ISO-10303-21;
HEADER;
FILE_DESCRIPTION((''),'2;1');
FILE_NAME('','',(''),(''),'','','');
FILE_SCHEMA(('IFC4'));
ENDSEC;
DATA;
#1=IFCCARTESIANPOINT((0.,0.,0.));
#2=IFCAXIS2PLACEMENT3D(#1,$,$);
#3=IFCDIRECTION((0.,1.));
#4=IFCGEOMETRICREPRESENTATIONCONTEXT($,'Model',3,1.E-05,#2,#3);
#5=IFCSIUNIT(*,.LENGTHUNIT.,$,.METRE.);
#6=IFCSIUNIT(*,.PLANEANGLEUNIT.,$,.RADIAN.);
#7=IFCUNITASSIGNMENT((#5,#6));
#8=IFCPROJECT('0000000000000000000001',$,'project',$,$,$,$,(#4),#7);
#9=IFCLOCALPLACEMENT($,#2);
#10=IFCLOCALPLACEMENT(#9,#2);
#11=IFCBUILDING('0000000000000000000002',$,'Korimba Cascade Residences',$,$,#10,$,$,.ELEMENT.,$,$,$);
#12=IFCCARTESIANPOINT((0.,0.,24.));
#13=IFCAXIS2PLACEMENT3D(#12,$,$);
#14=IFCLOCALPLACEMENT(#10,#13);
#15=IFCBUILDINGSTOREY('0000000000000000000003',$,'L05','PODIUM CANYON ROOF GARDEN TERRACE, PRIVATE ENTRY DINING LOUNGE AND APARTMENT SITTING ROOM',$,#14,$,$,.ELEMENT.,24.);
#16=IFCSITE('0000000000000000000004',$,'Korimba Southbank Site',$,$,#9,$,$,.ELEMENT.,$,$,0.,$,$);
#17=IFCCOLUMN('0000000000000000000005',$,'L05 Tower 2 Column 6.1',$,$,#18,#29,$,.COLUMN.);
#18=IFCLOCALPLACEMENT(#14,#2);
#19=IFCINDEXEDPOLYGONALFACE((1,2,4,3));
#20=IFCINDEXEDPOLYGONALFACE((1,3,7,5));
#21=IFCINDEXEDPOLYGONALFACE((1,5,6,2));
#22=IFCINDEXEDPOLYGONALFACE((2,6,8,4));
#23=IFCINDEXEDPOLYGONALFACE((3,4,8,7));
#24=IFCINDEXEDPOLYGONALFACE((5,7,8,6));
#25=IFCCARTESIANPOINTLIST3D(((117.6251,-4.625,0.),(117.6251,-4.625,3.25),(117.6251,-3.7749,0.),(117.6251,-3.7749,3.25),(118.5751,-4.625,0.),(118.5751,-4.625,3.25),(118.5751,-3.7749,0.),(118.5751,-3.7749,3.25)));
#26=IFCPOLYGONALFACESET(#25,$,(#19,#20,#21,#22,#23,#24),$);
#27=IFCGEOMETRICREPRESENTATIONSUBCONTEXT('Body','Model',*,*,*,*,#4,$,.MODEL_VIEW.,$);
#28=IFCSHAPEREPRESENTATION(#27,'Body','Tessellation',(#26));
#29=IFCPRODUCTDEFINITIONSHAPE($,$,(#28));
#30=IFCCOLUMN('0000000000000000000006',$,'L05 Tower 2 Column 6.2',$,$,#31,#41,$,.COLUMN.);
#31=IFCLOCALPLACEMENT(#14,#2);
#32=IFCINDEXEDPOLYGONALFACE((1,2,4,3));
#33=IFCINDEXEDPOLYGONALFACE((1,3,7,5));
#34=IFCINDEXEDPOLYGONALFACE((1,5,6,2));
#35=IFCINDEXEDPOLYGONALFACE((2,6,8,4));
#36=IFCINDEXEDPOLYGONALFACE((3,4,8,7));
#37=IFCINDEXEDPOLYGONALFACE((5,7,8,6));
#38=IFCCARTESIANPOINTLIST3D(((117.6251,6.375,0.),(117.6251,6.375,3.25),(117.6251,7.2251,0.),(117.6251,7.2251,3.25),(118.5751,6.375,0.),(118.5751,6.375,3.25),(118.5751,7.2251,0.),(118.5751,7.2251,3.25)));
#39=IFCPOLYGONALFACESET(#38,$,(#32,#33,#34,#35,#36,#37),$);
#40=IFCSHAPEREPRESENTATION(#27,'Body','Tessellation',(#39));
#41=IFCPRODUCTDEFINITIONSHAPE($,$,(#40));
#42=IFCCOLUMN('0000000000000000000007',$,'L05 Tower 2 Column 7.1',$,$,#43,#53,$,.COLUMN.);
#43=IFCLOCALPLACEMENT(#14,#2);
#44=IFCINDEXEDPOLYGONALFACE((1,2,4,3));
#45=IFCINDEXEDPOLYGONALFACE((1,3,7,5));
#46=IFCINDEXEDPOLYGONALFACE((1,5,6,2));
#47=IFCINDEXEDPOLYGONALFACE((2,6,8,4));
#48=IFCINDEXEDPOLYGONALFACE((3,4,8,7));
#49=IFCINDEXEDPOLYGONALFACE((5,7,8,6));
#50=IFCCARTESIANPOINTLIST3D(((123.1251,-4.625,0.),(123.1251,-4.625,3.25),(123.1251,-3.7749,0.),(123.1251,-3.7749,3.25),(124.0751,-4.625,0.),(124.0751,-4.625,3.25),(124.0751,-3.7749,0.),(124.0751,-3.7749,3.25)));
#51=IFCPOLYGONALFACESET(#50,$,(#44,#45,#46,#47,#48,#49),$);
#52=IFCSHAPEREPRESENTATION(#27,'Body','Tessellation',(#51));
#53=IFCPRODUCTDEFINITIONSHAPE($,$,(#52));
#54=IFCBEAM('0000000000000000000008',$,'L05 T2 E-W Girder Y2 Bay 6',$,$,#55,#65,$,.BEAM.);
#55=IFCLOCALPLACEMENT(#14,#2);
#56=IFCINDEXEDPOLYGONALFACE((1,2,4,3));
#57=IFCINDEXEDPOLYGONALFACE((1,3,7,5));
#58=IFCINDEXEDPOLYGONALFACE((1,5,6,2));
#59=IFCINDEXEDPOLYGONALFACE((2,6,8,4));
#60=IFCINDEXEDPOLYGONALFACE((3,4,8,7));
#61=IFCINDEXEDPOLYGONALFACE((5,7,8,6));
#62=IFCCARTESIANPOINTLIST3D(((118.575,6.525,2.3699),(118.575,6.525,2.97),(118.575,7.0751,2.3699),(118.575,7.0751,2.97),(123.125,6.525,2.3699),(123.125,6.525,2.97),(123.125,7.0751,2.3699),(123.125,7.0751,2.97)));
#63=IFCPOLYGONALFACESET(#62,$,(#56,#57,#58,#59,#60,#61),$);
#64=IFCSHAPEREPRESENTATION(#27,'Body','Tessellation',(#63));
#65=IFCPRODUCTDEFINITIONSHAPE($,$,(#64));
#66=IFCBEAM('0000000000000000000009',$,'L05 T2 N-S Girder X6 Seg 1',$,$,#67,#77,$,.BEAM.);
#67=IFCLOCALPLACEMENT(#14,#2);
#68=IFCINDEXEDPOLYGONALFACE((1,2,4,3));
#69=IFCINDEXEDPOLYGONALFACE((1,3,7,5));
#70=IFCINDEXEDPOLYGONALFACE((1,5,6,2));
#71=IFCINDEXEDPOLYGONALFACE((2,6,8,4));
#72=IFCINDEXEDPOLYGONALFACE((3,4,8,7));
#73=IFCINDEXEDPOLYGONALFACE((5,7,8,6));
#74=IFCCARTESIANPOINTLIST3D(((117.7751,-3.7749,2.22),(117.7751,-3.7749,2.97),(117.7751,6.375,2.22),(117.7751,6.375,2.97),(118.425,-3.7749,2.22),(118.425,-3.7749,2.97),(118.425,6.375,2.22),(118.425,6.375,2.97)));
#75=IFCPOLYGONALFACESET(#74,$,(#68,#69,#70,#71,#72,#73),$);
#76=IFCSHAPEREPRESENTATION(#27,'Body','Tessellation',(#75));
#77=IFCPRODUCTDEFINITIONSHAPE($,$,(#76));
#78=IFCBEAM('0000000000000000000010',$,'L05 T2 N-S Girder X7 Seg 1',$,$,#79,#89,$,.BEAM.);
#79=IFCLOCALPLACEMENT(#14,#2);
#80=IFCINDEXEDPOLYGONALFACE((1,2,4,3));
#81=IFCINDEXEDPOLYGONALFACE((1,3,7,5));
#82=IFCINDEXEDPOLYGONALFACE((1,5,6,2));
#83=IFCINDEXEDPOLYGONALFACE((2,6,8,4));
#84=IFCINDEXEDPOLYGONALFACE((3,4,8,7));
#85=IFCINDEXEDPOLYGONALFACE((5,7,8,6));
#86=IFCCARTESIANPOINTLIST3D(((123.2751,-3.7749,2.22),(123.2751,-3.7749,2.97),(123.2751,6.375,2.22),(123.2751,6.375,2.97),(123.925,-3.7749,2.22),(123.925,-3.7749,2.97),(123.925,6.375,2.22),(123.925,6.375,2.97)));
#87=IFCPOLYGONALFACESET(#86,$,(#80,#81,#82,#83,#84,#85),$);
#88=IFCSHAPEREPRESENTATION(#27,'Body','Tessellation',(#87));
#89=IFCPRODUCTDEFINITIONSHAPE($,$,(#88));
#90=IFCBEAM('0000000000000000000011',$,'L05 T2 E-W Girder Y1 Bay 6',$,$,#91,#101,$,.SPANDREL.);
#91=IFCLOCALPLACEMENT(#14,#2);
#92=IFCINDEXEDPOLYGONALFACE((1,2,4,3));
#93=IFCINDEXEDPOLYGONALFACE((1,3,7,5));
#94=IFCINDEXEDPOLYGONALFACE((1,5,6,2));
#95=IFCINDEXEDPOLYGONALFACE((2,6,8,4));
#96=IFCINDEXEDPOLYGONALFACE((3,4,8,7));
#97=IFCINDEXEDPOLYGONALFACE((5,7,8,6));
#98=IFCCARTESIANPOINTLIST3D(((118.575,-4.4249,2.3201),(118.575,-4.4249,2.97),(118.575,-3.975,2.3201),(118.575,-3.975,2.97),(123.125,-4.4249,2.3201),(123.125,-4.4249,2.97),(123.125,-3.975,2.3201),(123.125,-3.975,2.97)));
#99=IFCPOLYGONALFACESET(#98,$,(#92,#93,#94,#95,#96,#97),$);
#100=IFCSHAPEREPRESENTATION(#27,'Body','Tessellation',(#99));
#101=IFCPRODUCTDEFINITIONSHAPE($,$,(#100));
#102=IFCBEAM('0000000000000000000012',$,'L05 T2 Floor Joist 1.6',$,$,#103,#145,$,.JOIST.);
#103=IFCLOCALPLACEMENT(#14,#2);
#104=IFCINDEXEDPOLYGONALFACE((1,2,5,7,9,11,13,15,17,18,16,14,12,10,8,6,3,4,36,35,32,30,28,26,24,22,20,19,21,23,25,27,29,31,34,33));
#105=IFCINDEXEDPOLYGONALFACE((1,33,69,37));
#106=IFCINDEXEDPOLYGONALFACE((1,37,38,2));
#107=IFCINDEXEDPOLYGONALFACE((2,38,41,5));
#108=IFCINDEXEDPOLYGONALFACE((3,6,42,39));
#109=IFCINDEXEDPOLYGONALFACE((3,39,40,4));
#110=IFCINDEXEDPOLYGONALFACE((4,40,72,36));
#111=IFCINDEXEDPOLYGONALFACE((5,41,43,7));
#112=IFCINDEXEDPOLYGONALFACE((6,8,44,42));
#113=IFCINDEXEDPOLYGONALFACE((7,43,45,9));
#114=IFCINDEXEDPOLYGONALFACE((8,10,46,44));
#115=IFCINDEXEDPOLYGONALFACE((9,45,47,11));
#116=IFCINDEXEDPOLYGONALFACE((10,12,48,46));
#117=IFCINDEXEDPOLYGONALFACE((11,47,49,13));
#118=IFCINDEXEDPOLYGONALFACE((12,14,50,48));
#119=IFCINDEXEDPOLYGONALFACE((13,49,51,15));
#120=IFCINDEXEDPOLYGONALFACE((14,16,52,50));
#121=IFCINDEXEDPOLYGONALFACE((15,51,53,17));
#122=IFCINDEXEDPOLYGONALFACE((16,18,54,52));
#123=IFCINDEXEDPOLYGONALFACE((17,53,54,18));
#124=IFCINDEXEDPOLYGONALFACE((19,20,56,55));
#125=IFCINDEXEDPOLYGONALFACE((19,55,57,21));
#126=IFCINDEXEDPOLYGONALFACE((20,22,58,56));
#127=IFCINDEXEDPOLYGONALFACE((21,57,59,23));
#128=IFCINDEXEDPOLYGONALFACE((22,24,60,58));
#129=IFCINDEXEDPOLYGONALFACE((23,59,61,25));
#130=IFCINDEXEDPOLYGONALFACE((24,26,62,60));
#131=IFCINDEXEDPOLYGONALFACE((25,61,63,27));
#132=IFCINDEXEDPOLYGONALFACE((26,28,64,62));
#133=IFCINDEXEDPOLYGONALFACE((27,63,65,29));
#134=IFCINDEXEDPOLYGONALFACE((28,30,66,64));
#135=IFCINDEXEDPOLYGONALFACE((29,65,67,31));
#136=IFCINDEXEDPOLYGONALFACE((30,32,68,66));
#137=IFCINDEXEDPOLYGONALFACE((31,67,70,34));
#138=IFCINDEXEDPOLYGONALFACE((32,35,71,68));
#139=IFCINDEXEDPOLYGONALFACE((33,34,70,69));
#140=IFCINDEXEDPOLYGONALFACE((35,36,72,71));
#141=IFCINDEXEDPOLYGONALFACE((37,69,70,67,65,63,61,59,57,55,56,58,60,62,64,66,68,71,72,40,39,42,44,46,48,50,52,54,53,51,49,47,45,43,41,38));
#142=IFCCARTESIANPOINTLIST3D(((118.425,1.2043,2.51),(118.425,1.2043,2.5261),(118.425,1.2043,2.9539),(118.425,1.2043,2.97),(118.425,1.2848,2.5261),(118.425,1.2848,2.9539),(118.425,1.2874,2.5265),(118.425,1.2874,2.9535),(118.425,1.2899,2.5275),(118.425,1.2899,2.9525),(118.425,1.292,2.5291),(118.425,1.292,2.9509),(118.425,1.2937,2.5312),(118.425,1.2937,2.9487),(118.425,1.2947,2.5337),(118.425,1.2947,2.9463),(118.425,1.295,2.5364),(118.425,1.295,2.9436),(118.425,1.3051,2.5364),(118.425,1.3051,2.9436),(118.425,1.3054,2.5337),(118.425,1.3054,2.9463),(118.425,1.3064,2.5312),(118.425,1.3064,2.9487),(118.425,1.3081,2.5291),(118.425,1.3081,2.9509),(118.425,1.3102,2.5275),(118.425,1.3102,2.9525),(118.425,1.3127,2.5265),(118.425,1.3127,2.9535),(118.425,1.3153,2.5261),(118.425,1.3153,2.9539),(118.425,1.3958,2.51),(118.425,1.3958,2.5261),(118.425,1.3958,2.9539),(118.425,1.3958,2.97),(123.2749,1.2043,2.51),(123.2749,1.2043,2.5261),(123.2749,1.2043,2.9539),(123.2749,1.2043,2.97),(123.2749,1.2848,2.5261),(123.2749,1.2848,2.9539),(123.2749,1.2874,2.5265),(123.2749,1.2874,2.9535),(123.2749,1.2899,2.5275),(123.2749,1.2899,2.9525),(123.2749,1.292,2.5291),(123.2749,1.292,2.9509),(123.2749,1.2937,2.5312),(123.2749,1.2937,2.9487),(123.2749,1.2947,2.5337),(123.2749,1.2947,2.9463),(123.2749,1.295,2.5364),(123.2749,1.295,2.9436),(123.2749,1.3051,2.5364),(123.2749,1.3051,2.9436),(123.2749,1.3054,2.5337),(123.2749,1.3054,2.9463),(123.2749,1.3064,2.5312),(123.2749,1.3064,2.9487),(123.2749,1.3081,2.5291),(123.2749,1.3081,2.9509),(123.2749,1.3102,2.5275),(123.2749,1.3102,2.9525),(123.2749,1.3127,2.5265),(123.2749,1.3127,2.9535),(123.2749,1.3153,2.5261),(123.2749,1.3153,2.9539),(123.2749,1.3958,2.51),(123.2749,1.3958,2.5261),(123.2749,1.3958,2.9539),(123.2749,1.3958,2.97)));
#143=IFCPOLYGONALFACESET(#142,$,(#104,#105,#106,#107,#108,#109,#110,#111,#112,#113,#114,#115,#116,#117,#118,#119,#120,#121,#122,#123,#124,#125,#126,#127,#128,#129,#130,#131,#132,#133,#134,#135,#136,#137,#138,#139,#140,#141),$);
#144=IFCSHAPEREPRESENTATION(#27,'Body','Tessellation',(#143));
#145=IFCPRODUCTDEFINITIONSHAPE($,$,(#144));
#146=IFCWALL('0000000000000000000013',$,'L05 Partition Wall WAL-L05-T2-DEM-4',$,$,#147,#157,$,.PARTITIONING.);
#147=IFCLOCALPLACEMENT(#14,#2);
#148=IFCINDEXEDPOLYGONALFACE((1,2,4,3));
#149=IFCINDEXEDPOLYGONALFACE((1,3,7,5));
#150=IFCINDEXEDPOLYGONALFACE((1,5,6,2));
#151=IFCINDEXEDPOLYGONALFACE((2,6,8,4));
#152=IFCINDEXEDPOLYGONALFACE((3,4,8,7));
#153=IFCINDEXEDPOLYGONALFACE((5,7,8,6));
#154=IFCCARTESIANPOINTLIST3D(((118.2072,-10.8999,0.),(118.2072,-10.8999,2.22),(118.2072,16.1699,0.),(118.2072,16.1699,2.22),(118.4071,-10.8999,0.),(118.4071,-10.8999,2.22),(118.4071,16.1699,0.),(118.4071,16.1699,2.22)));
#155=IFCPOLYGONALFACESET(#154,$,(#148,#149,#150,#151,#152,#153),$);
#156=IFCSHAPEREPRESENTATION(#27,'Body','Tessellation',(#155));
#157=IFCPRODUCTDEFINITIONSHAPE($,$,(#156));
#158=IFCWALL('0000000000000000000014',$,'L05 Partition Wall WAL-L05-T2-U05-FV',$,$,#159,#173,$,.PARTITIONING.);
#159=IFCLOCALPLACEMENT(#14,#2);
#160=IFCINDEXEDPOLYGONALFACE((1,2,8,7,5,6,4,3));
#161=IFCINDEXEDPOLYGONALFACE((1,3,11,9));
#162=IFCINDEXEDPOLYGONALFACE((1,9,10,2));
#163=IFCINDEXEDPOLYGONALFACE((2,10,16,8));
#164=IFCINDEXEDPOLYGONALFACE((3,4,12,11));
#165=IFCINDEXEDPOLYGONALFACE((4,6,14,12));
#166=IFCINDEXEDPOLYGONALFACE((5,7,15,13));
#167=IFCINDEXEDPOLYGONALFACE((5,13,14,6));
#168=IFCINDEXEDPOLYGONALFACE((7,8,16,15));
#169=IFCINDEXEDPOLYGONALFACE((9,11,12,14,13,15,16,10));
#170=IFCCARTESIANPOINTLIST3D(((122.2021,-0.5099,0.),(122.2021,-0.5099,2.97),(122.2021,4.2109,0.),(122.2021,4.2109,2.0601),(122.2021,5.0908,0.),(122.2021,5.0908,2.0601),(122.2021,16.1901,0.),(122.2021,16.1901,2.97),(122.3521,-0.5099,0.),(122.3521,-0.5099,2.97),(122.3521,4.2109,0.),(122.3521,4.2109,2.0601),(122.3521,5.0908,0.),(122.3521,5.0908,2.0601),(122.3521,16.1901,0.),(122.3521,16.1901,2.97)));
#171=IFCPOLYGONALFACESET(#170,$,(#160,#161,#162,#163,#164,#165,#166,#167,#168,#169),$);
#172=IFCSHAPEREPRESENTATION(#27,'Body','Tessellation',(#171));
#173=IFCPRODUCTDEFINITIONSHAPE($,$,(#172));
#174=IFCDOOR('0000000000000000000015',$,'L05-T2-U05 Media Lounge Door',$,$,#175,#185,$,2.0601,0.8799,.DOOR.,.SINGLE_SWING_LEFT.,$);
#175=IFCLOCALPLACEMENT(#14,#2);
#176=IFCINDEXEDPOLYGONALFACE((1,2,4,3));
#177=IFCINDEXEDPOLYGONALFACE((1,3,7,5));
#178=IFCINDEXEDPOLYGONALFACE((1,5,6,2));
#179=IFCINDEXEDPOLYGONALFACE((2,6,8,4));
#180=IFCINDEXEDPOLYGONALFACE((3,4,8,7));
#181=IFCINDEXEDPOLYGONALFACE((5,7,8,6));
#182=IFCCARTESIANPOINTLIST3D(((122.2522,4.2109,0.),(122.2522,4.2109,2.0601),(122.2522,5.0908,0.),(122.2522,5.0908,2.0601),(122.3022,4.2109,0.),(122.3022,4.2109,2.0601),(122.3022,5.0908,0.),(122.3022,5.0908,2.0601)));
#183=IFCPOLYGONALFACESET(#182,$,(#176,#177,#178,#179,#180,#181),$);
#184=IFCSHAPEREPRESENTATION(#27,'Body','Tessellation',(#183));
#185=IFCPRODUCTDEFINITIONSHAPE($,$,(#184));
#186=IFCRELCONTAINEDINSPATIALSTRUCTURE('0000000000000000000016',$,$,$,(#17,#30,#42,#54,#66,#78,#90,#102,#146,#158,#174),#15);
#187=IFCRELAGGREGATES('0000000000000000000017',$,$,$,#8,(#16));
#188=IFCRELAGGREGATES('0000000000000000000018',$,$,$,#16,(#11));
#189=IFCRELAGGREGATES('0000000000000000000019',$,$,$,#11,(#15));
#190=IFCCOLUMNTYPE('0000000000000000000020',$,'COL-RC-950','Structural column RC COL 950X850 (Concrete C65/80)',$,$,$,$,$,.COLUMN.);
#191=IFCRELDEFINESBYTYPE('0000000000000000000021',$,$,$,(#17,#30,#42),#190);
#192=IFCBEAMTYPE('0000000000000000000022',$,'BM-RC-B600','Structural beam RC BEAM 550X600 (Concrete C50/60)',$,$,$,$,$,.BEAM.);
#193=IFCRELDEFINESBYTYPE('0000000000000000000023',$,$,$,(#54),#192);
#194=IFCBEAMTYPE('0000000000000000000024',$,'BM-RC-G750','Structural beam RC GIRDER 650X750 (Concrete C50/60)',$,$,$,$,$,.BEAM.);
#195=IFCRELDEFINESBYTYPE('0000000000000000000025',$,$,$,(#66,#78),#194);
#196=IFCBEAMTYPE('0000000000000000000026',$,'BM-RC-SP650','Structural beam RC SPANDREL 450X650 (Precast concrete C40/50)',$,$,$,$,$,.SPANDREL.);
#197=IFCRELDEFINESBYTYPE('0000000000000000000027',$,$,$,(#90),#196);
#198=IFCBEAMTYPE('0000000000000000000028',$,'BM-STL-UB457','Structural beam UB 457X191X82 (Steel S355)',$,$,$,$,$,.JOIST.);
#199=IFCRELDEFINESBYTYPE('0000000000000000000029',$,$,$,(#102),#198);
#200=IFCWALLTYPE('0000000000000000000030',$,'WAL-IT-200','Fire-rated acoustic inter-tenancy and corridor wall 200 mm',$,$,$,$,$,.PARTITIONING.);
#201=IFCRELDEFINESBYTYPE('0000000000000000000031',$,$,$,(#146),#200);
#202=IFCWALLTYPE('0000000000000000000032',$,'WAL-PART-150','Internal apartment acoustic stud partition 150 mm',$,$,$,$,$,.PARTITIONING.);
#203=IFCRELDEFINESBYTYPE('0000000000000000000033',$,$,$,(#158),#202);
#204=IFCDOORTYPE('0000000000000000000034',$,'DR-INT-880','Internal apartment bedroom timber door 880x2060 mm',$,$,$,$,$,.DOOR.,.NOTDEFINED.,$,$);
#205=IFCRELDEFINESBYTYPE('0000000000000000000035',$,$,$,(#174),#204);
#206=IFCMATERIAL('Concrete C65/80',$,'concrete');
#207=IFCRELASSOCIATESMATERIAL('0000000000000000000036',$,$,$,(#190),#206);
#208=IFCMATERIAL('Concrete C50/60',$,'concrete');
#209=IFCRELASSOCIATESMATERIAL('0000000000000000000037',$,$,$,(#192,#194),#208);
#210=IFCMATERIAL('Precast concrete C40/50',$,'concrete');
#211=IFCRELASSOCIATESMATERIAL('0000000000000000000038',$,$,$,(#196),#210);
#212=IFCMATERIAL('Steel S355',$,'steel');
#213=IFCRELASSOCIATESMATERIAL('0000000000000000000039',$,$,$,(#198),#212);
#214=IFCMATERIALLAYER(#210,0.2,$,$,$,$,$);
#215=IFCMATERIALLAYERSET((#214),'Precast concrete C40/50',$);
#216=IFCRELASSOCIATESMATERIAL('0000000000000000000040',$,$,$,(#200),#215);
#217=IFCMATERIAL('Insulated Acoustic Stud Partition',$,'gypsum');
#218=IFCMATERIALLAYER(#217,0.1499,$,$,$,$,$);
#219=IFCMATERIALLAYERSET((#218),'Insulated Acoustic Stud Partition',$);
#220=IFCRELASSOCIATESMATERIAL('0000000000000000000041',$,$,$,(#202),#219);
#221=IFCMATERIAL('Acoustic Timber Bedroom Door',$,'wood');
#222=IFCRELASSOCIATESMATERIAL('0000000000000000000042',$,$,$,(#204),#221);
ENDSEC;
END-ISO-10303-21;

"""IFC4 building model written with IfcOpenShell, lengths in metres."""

from ifc_helpers import new_model, si_unit, direction, frame, frame_2d, origin, origin_2d, place, context, subcontext, project, spatial, rectangle, i_section, extrude, material, layer, layer_set, material_profile, profile_set, type_object, element, fill, save


model = new_model("IFC4")

# Units and contexts
model_context = context("Model", 3, precision=1e-05, world=origin(), true_north=direction((0.0, 1.0)))
body_context = subcontext(model_context, "Body", "Model", "MODEL_VIEW")
ifc_project = project(units=[si_unit("LENGTHUNIT", "METRE"), si_unit("PLANEANGLEUNIT", "RADIAN")], contexts=[model_context])

# Site, building, storey
site_placement = place(None, origin())
site = spatial("IfcSite", under=ifc_project, at=site_placement, Name="Korimba Southbank Site", CompositionType="ELEMENT", RefElevation=0.0)
building_placement = place(site_placement, origin())
building = spatial("IfcBuilding", under=site, at=building_placement, Name="Korimba Cascade Residences", CompositionType="ELEMENT")
storey_placement = place(building_placement, frame((0.0, 0.0, 24.0)))
storey = spatial("IfcBuildingStorey", under=building, at=storey_placement, Name="L05", Description="PODIUM CANYON ROOF GARDEN TERRACE, PRIVATE ENTRY DINING LOUNGE AND APARTMENT SITTING ROOM", CompositionType="ELEMENT", Elevation=24.0)

# Columns
ifc_material_1 = material(Name="Concrete C65/80", Category="concrete")
ifc_material_profile_1 = material_profile(ifc_material_1, rectangle(XDim=0.95, YDim=0.8501, at=origin_2d()), Name="Concrete C65/80")
ifc_profile_set_1 = profile_set([ifc_material_profile_1], Name="Concrete C65/80")
column_type = type_object("IfcColumnType", Name="COL-RC-950", Description="Structural column RC COL 950X850 (Concrete C65/80)", PredefinedType="COLUMN", material=ifc_profile_set_1)
for number, where, z_axis, x_axis, name in (
    (1, (118.1001, -4.2, 0.0), (0.0, 0.0, 1.0), (1.0, 0.0, 0.0), "L05 Tower 2 Column 6.1"),
    (2, (118.1001, 6.8, 0.0), (0.0, 0.0, 1.0), (1.0, 0.0, 0.0), "L05 Tower 2 Column 6.2"),
    (3, (123.6001, -4.2, 0.0), (0.0, 0.0, 1.0), (1.0, 0.0, 0.0), "L05 Tower 2 Column 7.1"),
):
    element("IfcColumn", number, at=place(storey_placement, frame(where, z_axis=z_axis, x_axis=x_axis)), inside=storey, type_object=column_type, Name=name, PredefinedType="COLUMN", context=body_context, shape_type="SweptSolid", body=[
        extrude(rectangle(XDim=0.95, YDim=0.8501, at=origin_2d()), origin(), (0.0, 0.0, 1.0), 3.25),
    ])

# Beams
ifc_material_2 = material(Name="Concrete C50/60", Category="concrete")
ifc_material_profile_2 = material_profile(ifc_material_2, rectangle(XDim=0.55, YDim=0.6001, at=origin_2d()), Name="Concrete C50/60")
ifc_profile_set_2 = profile_set([ifc_material_profile_2], Name="Concrete C50/60")
beam_type_1 = type_object("IfcBeamType", Name="BM-RC-B600", Description="Structural beam RC BEAM 550X600 (Concrete C50/60)", PredefinedType="BEAM", material=ifc_profile_set_2)
beam_1_placement = place(storey_placement, frame((118.575, 6.8, 2.6699), z_axis=(1.0, 0.0, 0.0), x_axis=(0.0, 1.0, 0.0)))
element("IfcBeam", 4, at=beam_1_placement, inside=storey, type_object=beam_type_1, Name="L05 T2 E-W Girder Y2 Bay 6", PredefinedType="BEAM", context=body_context, shape_type="SweptSolid", body=[
    extrude(rectangle(XDim=0.55, YDim=0.6001, at=origin_2d()), origin(), (0.0, 0.0, 1.0), 4.55),
])
ifc_material_profile_3 = material_profile(ifc_material_2, rectangle(XDim=0.6499, YDim=0.75, at=origin_2d()), Name="Concrete C50/60")
ifc_profile_set_3 = profile_set([ifc_material_profile_3], Name="Concrete C50/60")
beam_type_2 = type_object("IfcBeamType", Name="BM-RC-G750", Description="Structural beam RC GIRDER 650X750 (Concrete C50/60)", PredefinedType="BEAM", material=ifc_profile_set_3)
for number, where, z_axis, x_axis, name in (
    (5, (118.1001, -3.7749, 2.595), (0.0, 1.0, 0.0), (-1.0, 0.0, 0.0), "L05 T2 N-S Girder X6 Seg 1"),
    (6, (123.6001, -3.7749, 2.595), (0.0, 1.0, 0.0), (-1.0, 0.0, 0.0), "L05 T2 N-S Girder X7 Seg 1"),
):
    element("IfcBeam", number, at=place(storey_placement, frame(where, z_axis=z_axis, x_axis=x_axis)), inside=storey, type_object=beam_type_2, Name=name, PredefinedType="BEAM", context=body_context, shape_type="SweptSolid", body=[
        extrude(rectangle(XDim=0.6499, YDim=0.75, at=origin_2d()), origin(), (0.0, 0.0, 1.0), 10.1499),
    ])
ifc_material_3 = material(Name="Precast concrete C40/50", Category="concrete")
ifc_material_profile_4 = material_profile(ifc_material_3, rectangle(XDim=0.45, YDim=0.6499, at=origin_2d()), Name="Precast concrete C40/50")
ifc_profile_set_4 = profile_set([ifc_material_profile_4], Name="Precast concrete C40/50")
beam_type_3 = type_object("IfcBeamType", Name="BM-RC-SP650", Description="Structural beam RC SPANDREL 450X650 (Precast concrete C40/50)", PredefinedType="SPANDREL", material=ifc_profile_set_4)
beam_2_placement = place(storey_placement, frame((118.575, -4.2, 2.645), z_axis=(1.0, 0.0, 0.0), x_axis=(0.0, 1.0, 0.0)))
element("IfcBeam", 7, at=beam_2_placement, inside=storey, type_object=beam_type_3, Name="L05 T2 E-W Girder Y1 Bay 6", PredefinedType="SPANDREL", context=body_context, shape_type="SweptSolid", body=[
    extrude(rectangle(XDim=0.45, YDim=0.6499, at=origin_2d()), origin(), (0.0, 0.0, 1.0), 4.55),
])
ifc_material_4 = material(Name="Steel S355", Category="steel")
ifc_material_profile_5 = material_profile(ifc_material_4, i_section(OverallWidth=0.1914, OverallDepth=0.46, WebThickness=0.01, FlangeThickness=0.0161, FilletRadius=0.0103, at=origin_2d()), Name="Steel S355")
ifc_profile_set_5 = profile_set([ifc_material_profile_5], Name="Steel S355")
beam_type_4 = type_object("IfcBeamType", Name="BM-STL-UB457", Description="Structural beam UB 457X191X82 (Steel S355)", PredefinedType="JOIST", material=ifc_profile_set_5)
beam_3_placement = place(storey_placement, frame((118.425, 1.3, 2.74), z_axis=(1.0, 0.0, 0.0), x_axis=(0.0, 1.0, 0.0)))
element("IfcBeam", 8, at=beam_3_placement, inside=storey, type_object=beam_type_4, Name="L05 T2 Floor Joist 1.6", PredefinedType="JOIST", context=body_context, shape_type="SweptSolid", body=[
    extrude(i_section(OverallWidth=0.1914, OverallDepth=0.46, WebThickness=0.01, FlangeThickness=0.0161, FilletRadius=0.0103, at=origin_2d()), origin(), (0.0, 0.0, 1.0), 4.8499),
])

# Wall
ifc_layer_1 = layer(ifc_material_3, 0.2)
ifc_layer_set_1 = layer_set([ifc_layer_1], Name="Precast concrete C40/50")
wall_type_1 = type_object("IfcWallType", Name="WAL-IT-200", Description="Fire-rated acoustic inter-tenancy and corridor wall 200 mm", PredefinedType="PARTITIONING", material=ifc_layer_set_1)
wall_1_placement = place(storey_placement, frame((118.3071, -10.8999, 0.0), z_axis=(0.0, 0.0, 1.0), x_axis=(0.0, 1.0, 0.0)))
element("IfcWall", 9, at=wall_1_placement, inside=storey, type_object=wall_type_1, Name="L05 Partition Wall WAL-L05-T2-DEM-4", PredefinedType="PARTITIONING", context=body_context, shape_type="SweptSolid", body=[
    extrude(rectangle(XDim=27.0698, YDim=0.2, at=frame_2d((13.5349, 0.0))), origin(), (0.0, 0.0, 1.0), 2.22),
])

# Wall, opening, door
ifc_material_5 = material(Name="Insulated Acoustic Stud Partition", Category="gypsum")
ifc_layer_2 = layer(ifc_material_5, 0.1499)
ifc_layer_set_2 = layer_set([ifc_layer_2], Name="Insulated Acoustic Stud Partition")
wall_type_2 = type_object("IfcWallType", Name="WAL-PART-150", Description="Internal apartment acoustic stud partition 150 mm", PredefinedType="PARTITIONING", material=ifc_layer_set_2)
wall_2_placement = place(storey_placement, frame((122.2771, -0.51, 0.0), z_axis=(0.0, 0.0, 1.0), x_axis=(0.0, 1.0, 0.0)))
wall_2 = element("IfcWall", 10, at=wall_2_placement, inside=storey, type_object=wall_type_2, Name="L05 Partition Wall WAL-L05-T2-U05-FV", PredefinedType="PARTITIONING", context=body_context, shape_type="SweptSolid", body=[
    extrude(rectangle(XDim=16.7, YDim=0.1499, at=frame_2d((8.3501, 0.0))), origin(), (0.0, 0.0, 1.0), 2.97),
])
opening_1_placement = place(wall_2_placement, frame((4.7209, 0.0, 0.0)))
opening_1 = element("IfcOpeningElement", 11, at=opening_1_placement, cuts=wall_2, PredefinedType="OPENING", context=body_context, shape_type="SweptSolid", body=[
    extrude(rectangle(XDim=0.8799, YDim=2.0601, at=frame_2d((0.4399, 1.03))), frame((0.0, 0.085, 0.0), z_axis=(0.0, -1.0, 0.0), x_axis=(1.0, 0.0, 0.0)), (0.0, 0.0, 1.0), 0.1699),
])
ifc_material_6 = material(Name="Acoustic Timber Bedroom Door", Category="wood")
door_type_1 = type_object("IfcDoorType", Name="DR-INT-880", Description="Internal apartment bedroom timber door 880x2060 mm", OperationType="NOTDEFINED", PredefinedType="DOOR", material=ifc_material_6)
door_1_placement = place(opening_1_placement, origin())
door_1 = element("IfcDoor", 12, at=door_1_placement, inside=storey, type_object=door_type_1, Name="L05-T2-U05 Media Lounge Door", OperationType="SINGLE_SWING_LEFT", OverallHeight=2.0601, OverallWidth=0.8799, PredefinedType="DOOR", context=body_context, shape_type="SweptSolid", body=[
    extrude(rectangle(XDim=0.8799, YDim=2.0601, at=frame_2d((0.4399, 1.03))), frame((0.0, 0.0249, 0.0), z_axis=(0.0, -1.0, 0.0), x_axis=(1.0, 0.0, 0.0)), (0.0, 0.0, 1.0), 0.05),
])
fill(opening_1, door_1)

save(model, "model.ifc")
